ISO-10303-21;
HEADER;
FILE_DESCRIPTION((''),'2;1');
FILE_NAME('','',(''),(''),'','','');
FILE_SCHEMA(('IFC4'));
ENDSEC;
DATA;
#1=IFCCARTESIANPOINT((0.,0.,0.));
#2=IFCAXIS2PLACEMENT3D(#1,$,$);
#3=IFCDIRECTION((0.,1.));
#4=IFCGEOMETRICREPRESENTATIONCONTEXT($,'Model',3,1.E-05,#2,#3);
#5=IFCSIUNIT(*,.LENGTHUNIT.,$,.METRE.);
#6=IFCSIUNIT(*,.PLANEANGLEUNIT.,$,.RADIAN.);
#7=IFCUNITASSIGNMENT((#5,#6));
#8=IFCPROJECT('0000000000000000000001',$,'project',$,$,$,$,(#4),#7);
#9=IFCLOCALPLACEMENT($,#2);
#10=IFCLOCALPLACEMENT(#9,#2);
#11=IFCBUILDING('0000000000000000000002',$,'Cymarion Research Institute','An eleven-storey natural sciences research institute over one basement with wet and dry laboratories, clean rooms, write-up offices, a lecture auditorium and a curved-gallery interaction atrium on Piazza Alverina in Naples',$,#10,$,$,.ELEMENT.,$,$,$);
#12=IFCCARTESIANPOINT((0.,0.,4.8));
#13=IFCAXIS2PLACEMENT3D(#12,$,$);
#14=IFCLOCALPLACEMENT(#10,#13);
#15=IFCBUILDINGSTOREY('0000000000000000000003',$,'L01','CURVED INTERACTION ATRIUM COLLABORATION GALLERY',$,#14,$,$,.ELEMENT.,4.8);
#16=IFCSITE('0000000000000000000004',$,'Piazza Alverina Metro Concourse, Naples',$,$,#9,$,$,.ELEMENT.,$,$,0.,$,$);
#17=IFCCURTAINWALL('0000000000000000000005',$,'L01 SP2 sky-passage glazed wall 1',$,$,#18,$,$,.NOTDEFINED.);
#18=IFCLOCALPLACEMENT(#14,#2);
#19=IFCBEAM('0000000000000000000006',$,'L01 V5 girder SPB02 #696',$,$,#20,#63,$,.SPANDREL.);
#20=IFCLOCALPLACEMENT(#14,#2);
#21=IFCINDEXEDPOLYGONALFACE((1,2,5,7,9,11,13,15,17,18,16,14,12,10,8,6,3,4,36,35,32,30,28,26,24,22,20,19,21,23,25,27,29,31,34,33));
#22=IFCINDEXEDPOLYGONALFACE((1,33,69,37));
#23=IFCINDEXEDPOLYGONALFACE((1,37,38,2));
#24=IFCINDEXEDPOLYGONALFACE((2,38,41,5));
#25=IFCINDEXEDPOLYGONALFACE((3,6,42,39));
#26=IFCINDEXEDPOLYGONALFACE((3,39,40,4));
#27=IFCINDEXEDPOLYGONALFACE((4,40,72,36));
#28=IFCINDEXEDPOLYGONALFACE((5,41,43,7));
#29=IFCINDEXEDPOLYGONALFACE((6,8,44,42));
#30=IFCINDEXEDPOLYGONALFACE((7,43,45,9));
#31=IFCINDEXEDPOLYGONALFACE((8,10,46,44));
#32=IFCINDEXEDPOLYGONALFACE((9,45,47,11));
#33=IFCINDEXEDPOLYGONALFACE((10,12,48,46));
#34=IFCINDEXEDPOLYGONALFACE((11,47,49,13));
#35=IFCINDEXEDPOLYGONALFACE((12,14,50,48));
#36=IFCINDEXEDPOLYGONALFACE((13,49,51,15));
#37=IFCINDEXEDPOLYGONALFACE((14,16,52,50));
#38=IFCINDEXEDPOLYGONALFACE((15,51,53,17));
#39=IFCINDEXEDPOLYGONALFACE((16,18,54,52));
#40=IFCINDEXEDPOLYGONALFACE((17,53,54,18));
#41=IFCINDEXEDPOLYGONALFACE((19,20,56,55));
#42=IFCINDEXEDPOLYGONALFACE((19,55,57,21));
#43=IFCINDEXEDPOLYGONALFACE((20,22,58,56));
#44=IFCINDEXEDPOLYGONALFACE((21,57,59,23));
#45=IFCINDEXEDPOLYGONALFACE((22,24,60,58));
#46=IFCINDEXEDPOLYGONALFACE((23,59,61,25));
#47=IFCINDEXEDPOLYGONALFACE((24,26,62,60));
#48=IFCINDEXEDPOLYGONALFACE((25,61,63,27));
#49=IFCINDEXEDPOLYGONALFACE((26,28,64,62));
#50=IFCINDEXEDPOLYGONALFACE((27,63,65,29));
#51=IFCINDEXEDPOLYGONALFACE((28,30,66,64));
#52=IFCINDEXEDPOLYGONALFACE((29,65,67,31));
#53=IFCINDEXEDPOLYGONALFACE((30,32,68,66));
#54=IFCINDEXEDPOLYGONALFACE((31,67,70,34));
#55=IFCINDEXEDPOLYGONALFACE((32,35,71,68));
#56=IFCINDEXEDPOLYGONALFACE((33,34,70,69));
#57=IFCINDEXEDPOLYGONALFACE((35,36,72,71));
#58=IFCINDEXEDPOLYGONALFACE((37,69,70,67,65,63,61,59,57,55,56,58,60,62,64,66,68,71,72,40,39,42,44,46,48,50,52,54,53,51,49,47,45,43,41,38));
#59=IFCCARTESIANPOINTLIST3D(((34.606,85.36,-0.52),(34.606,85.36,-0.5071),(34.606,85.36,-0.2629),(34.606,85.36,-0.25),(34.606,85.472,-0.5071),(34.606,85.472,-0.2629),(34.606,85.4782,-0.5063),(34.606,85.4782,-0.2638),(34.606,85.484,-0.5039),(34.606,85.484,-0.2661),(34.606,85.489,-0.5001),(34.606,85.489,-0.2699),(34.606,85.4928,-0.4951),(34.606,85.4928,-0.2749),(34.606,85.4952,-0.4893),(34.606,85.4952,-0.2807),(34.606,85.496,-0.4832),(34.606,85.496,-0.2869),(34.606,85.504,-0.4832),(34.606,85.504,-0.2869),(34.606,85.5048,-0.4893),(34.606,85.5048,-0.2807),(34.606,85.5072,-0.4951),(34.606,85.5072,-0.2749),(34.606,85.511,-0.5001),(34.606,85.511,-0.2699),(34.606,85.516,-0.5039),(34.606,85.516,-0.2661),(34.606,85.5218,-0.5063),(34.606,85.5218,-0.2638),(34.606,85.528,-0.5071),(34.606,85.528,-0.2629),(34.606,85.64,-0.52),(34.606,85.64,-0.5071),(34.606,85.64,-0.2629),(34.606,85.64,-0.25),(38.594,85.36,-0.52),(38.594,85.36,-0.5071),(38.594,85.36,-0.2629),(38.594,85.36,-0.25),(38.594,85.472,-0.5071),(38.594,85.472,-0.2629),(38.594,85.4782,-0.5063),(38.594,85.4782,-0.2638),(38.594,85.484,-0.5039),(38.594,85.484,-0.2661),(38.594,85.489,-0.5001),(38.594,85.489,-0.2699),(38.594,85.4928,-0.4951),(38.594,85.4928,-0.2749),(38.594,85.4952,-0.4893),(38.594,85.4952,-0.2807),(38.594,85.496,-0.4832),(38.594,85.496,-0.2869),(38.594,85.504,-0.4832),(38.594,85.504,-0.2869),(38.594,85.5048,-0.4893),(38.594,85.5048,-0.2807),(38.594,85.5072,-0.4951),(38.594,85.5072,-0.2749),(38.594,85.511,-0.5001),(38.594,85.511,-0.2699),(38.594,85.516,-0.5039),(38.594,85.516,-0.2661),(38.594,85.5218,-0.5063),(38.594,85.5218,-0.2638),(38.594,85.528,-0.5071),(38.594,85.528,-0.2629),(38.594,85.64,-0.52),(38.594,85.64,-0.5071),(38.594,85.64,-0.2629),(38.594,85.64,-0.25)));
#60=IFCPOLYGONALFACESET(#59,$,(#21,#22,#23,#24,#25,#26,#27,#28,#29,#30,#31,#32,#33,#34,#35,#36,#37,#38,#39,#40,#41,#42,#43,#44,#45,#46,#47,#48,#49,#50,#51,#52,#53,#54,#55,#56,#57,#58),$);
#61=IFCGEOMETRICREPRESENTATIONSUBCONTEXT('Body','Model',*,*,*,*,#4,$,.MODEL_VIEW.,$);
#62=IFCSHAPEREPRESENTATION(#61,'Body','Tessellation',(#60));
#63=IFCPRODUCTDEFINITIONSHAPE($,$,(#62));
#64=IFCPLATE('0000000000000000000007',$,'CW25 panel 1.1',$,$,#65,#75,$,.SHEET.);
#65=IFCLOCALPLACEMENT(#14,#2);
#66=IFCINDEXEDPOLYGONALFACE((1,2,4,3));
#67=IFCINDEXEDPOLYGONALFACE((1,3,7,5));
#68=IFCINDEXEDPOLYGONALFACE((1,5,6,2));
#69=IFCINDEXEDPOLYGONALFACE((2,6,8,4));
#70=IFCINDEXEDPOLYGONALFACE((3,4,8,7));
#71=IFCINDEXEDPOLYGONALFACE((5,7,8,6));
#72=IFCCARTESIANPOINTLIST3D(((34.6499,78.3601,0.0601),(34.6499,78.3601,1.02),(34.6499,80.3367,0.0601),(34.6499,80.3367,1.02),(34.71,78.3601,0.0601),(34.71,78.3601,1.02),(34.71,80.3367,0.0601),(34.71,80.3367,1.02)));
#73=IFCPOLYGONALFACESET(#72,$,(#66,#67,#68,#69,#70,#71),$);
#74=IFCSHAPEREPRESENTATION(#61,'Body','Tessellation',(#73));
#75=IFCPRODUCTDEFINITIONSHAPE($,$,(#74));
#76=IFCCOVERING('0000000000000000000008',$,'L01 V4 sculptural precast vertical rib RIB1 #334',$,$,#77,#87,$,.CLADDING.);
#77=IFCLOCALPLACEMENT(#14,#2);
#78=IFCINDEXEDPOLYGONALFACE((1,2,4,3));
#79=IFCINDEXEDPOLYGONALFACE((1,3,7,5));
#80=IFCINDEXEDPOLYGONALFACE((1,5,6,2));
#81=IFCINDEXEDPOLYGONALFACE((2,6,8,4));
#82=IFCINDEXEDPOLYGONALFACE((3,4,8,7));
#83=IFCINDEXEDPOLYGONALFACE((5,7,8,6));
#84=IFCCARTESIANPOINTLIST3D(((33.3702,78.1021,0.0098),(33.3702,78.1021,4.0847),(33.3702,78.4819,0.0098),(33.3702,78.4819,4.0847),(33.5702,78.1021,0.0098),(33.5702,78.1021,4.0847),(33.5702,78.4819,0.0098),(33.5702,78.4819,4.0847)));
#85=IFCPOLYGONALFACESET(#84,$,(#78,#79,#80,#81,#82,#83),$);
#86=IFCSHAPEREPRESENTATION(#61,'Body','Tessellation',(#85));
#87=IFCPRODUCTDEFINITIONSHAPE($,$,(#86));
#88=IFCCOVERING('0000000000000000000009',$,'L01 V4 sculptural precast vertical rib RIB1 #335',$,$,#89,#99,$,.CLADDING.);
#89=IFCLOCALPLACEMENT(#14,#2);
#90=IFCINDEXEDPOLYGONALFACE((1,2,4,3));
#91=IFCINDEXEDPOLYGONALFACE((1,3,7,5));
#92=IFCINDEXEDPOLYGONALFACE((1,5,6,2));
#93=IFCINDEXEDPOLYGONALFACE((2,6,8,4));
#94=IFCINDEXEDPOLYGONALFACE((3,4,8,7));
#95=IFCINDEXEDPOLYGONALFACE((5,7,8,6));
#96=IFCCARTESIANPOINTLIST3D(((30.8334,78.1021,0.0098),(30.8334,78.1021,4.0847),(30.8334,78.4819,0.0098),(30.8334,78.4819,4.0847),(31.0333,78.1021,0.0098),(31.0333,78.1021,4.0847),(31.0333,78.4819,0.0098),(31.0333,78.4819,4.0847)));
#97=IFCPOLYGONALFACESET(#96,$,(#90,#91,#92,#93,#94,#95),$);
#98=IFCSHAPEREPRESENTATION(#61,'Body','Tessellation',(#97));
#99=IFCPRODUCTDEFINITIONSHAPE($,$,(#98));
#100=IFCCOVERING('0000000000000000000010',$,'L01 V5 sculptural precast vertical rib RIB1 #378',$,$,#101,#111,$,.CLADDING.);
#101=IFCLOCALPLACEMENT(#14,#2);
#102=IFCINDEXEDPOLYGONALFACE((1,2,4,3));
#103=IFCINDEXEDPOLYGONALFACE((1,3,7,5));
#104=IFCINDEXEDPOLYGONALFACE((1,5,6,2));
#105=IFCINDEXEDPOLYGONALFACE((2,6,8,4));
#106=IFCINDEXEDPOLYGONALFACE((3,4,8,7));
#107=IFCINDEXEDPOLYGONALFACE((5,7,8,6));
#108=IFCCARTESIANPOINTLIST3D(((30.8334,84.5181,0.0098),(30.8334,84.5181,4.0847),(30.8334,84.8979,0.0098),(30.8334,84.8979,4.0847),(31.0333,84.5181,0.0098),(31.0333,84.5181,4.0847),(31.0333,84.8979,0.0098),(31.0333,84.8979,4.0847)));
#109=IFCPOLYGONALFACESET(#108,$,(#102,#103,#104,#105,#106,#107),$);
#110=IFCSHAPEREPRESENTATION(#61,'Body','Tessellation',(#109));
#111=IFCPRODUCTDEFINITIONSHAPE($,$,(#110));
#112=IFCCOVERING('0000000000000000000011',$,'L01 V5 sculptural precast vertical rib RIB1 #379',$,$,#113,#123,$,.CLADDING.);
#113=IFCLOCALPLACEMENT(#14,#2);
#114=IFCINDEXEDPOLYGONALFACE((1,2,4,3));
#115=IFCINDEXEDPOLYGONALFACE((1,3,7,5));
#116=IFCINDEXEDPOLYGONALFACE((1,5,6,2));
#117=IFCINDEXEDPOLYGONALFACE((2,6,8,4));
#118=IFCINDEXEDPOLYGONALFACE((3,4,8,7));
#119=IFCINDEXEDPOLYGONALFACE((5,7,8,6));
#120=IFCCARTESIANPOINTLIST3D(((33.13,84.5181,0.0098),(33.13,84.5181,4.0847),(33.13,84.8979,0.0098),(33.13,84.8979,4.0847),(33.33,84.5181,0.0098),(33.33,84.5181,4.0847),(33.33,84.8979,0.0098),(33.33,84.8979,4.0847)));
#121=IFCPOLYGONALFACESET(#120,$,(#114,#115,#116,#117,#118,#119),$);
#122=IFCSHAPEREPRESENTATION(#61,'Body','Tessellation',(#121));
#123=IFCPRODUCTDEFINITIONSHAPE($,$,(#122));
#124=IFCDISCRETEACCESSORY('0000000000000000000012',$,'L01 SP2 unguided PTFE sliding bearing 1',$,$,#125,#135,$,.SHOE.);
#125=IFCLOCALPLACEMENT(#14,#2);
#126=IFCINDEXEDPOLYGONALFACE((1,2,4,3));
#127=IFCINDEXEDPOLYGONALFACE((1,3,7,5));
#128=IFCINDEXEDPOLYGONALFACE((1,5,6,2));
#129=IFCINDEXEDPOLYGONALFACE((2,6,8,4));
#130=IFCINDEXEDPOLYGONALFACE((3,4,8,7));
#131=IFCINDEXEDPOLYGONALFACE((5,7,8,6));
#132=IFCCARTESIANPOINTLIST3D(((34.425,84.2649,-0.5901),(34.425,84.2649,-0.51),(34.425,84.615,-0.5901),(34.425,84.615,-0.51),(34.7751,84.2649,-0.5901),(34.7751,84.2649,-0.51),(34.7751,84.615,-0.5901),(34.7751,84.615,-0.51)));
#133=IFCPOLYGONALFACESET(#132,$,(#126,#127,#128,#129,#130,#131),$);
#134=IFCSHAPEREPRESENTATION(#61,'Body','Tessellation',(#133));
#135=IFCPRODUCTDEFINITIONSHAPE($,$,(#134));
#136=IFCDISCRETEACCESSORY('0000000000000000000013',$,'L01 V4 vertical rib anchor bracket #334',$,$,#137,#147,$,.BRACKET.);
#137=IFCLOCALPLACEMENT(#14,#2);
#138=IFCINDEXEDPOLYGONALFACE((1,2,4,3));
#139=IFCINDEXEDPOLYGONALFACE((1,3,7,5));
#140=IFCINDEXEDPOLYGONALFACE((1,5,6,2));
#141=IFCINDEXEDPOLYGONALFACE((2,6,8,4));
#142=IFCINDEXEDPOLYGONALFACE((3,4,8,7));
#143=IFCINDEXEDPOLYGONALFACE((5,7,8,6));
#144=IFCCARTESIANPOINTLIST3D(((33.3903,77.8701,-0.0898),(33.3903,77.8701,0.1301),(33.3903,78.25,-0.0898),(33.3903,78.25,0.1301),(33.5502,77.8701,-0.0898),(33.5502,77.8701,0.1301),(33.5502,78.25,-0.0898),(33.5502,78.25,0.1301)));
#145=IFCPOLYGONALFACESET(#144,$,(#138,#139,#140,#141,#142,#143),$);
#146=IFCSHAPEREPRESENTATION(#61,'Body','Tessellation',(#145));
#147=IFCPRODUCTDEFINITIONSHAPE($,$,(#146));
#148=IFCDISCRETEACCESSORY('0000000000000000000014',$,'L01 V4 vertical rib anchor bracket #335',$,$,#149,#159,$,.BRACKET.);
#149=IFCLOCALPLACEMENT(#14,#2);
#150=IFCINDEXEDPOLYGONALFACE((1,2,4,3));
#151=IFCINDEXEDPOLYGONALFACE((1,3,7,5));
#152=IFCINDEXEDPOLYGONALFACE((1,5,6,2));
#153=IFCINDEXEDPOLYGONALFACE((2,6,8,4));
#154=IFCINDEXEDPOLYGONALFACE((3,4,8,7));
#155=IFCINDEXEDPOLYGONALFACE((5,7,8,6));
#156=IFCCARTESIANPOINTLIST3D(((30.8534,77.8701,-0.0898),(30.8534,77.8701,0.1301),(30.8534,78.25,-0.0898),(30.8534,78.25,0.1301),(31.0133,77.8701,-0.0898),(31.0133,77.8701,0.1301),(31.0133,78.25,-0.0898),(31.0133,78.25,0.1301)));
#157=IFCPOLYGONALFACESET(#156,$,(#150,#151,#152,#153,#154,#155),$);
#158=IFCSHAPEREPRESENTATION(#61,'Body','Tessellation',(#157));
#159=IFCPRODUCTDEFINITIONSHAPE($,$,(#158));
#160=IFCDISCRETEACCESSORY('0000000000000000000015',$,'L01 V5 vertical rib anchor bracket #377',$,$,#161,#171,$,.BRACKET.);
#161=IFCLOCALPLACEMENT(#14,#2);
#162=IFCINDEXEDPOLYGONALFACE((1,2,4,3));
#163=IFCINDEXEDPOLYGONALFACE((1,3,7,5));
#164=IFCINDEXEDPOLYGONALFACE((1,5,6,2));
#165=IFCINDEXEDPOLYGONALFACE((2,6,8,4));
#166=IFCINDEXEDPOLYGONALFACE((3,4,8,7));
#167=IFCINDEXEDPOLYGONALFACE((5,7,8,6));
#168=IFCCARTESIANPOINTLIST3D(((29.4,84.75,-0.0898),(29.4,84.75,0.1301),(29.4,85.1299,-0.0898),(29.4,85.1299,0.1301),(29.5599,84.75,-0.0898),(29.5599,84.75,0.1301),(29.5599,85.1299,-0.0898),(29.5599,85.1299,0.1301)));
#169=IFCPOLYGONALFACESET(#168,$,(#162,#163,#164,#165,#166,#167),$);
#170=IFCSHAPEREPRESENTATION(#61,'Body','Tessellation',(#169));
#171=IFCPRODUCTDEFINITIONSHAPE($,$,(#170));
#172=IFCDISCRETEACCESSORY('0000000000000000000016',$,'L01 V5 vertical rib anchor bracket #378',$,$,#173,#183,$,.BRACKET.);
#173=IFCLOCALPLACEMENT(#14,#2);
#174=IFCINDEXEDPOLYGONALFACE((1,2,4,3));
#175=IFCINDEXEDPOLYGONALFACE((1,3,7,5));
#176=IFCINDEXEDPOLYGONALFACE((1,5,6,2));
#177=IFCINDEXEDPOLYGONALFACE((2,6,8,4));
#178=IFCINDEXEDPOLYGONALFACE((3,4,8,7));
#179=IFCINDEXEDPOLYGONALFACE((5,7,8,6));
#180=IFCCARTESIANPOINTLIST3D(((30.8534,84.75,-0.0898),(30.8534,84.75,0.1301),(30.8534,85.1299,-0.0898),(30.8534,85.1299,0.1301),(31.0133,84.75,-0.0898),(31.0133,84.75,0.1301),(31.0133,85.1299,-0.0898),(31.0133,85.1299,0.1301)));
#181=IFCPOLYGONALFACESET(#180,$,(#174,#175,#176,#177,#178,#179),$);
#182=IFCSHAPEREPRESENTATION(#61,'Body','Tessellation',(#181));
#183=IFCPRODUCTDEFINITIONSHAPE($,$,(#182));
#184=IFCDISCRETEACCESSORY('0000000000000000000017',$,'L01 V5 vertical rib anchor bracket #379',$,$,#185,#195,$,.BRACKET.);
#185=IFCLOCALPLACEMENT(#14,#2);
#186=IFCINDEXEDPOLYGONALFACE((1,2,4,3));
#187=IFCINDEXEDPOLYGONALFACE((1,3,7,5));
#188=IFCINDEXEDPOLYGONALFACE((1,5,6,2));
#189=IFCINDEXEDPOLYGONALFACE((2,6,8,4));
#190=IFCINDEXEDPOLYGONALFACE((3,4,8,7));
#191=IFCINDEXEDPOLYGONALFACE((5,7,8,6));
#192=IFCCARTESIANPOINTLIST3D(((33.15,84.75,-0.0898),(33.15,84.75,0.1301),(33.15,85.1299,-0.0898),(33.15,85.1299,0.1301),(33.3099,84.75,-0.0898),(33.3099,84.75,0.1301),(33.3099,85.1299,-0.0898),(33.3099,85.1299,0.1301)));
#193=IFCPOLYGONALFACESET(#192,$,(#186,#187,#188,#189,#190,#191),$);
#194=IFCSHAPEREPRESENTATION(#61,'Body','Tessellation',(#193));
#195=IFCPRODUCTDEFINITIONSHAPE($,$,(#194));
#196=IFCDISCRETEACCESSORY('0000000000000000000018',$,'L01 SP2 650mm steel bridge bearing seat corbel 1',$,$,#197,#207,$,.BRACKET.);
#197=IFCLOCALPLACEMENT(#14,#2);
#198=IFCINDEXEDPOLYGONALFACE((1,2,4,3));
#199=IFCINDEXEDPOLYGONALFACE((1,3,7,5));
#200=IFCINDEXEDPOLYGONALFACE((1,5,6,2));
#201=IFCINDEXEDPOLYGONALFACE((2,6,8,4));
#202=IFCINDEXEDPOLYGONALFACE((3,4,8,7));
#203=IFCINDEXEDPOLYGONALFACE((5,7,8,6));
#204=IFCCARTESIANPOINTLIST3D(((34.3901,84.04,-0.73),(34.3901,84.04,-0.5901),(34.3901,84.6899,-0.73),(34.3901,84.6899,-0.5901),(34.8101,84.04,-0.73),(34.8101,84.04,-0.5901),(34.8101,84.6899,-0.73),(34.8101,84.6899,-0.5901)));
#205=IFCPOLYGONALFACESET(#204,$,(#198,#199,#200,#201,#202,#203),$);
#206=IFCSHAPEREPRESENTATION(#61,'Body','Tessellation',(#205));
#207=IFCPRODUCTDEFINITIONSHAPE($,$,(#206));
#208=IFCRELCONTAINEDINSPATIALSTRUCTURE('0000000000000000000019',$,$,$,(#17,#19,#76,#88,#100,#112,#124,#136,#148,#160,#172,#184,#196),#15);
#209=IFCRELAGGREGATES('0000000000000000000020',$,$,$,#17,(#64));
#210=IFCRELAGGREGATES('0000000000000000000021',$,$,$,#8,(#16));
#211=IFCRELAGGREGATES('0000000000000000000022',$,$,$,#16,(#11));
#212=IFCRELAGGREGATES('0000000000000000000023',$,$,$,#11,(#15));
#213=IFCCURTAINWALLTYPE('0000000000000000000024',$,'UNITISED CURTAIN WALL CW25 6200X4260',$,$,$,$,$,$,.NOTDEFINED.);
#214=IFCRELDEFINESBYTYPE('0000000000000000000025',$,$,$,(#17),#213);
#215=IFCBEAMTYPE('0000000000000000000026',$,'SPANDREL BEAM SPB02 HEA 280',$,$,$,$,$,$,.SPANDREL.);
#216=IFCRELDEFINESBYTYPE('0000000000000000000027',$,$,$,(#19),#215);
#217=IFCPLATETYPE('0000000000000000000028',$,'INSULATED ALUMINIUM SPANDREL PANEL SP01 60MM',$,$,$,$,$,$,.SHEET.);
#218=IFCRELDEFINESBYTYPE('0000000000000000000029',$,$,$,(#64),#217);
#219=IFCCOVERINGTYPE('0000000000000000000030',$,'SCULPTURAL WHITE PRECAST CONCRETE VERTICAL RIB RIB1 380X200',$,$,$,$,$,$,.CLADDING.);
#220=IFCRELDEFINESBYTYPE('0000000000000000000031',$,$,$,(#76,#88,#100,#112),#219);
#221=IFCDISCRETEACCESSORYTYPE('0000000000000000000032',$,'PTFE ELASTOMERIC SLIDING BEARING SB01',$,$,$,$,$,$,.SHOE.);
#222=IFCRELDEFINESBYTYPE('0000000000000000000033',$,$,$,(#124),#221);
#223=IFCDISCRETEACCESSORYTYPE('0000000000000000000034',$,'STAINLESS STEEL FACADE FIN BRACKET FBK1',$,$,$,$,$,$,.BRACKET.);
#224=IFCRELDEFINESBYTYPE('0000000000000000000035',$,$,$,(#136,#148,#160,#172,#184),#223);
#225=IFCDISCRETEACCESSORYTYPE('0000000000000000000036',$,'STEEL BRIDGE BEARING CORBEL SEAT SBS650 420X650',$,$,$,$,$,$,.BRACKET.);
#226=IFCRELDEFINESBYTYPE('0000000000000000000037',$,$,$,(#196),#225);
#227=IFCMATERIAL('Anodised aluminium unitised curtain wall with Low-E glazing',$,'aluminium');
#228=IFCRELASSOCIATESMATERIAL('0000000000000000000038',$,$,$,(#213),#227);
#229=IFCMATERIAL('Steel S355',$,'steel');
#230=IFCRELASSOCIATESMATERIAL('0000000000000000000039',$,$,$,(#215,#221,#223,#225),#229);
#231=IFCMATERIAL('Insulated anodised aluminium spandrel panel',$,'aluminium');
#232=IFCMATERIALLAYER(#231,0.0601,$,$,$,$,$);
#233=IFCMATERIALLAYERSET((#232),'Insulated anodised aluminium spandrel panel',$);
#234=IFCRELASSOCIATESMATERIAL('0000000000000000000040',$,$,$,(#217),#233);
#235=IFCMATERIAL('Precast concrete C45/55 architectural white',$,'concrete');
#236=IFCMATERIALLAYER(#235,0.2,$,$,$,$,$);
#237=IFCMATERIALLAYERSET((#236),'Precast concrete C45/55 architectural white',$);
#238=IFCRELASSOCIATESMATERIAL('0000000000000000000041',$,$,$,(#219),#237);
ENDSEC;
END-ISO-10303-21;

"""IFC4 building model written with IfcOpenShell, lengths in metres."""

from ifc_helpers import new_model, si_unit, direction, frame, origin, origin_2d, place, context, subcontext, project, spatial, rectangle, i_section, extrude, material, layer, layer_set, material_profile, profile_set, type_object, element, aggregate, save


model = new_model("IFC4")

# Units and contexts
model_context = context("Model", 3, precision=1e-05, world=origin(), true_north=direction((0.0, 1.0)))
body_context = subcontext(model_context, "Body", "Model", "MODEL_VIEW")
ifc_project = project(units=[si_unit("LENGTHUNIT", "METRE"), si_unit("PLANEANGLEUNIT", "RADIAN")], contexts=[model_context])

# Site, building, storey
site_placement = place(None, origin())
site = spatial("IfcSite", under=ifc_project, at=site_placement, Name="Piazza Alverina Metro Concourse, Naples", CompositionType="ELEMENT", RefElevation=0.0)
building_placement = place(site_placement, origin())
building = spatial("IfcBuilding", under=site, at=building_placement, Name="Cymarion Research Institute", Description="An eleven-storey natural sciences research institute over one basement with wet and dry laboratories, clean rooms, write-up offices, a lecture auditorium and a curved-gallery interaction atrium on Piazza Alverina in Naples", CompositionType="ELEMENT")
storey_placement = place(building_placement, frame((0.0, 0.0, 4.8)))
storey = spatial("IfcBuildingStorey", under=building, at=storey_placement, Name="L01", Description="CURVED INTERACTION ATRIUM COLLABORATION GALLERY", CompositionType="ELEMENT", Elevation=4.8)

# Shared definitions
ifc_material_1 = material(Name="Steel S355", Category="steel")

# Curtain wall
ifc_material_2 = material(Name="Anodised aluminium unitised curtain wall with Low-E glazing", Category="aluminium")
curtain_wall_type = type_object("IfcCurtainWallType", Name="UNITISED CURTAIN WALL CW25 6200X4260", PredefinedType="NOTDEFINED", material=ifc_material_2)
curtain_wall_placement = place(storey_placement, origin())
curtain_wall = element("IfcCurtainWall", 1, at=curtain_wall_placement, inside=storey, type_object=curtain_wall_type, Name="L01 SP2 sky-passage glazed wall 1", PredefinedType="NOTDEFINED")

# Beam
ifc_material_profile_1 = material_profile(ifc_material_1, i_section(OverallWidth=0.28, OverallDepth=0.27, WebThickness=0.0081, FlangeThickness=0.0129, FilletRadius=0.0239, at=origin_2d()), Name="HEA 280")
ifc_profile_set_1 = profile_set([ifc_material_profile_1], Name="Steel S355")
beam_type_1 = type_object("IfcBeamType", Name="SPANDREL BEAM SPB02 HEA 280", PredefinedType="SPANDREL", material=ifc_profile_set_1)
for number, where, z_axis, x_axis, name in (
    (2, (34.606, 85.5, -0.385), (1.0, 0.0, 0.0), (0.0, 1.0, 0.0), "L01 V5 girder SPB02 #696"),
):
    element("IfcBeam", number, at=place(storey_placement, frame(where, z_axis=z_axis, x_axis=x_axis)), inside=storey, type_object=beam_type_1, Name=name, PredefinedType="SPANDREL", context=body_context, shape_type="SweptSolid", body=[
        extrude(i_section(OverallWidth=0.28, OverallDepth=0.27, WebThickness=0.0081, FlangeThickness=0.0129, FilletRadius=0.0239, at=origin_2d()), origin(), (0.0, 0.0, 1.0), 3.988),
    ])

# Plate
ifc_material_3 = material(Name="Insulated anodised aluminium spandrel panel", Category="aluminium")
ifc_layer_1 = layer(ifc_material_3, 0.0601)
ifc_layer_set_1 = layer_set([ifc_layer_1], Name="Insulated anodised aluminium spandrel panel")
plate_type = type_object("IfcPlateType", Name="INSULATED ALUMINIUM SPANDREL PANEL SP01 60MM", PredefinedType="SHEET", material=ifc_layer_set_1)
plate_placement = place(storey_placement, frame((34.6799, 79.3484, 0.0601), z_axis=(0.0, 0.0, 1.0), x_axis=(0.0, 1.0, 0.0)))
plate = element("IfcPlate", 3, at=plate_placement, type_object=plate_type, Name="CW25 panel 1.1", PredefinedType="SHEET", context=body_context, shape_type="SweptSolid", body=[
    extrude(rectangle(XDim=1.9766, YDim=0.0601, at=origin_2d()), origin(), (0.0, 0.0, 1.0), 0.96),
])
aggregate(curtain_wall, [plate])

# Coverings
ifc_material_4 = material(Name="Precast concrete C45/55 architectural white", Category="concrete")
ifc_layer_2 = layer(ifc_material_4, 0.2)
ifc_layer_set_2 = layer_set([ifc_layer_2], Name="Precast concrete C45/55 architectural white")
covering_type = type_object("IfcCoveringType", Name="SCULPTURAL WHITE PRECAST CONCRETE VERTICAL RIB RIB1 380X200", PredefinedType="CLADDING", material=ifc_layer_set_2)
for number, where, z_axis, x_axis, name in (
    (4, (33.4702, 78.292, 0.0098), (0.0, 0.0, 1.0), (0.0, 1.0, 0.0), "L01 V4 sculptural precast vertical rib RIB1 #334"),
    (5, (30.9333, 78.292, 0.0098), (0.0, 0.0, 1.0), (0.0, 1.0, 0.0), "L01 V4 sculptural precast vertical rib RIB1 #335"),
    (6, (30.9333, 84.708, 0.0098), (0.0, 0.0, 1.0), (0.0, -1.0, 0.0), "L01 V5 sculptural precast vertical rib RIB1 #378"),
    (7, (33.23, 84.708, 0.0098), (0.0, 0.0, 1.0), (0.0, -1.0, 0.0), "L01 V5 sculptural precast vertical rib RIB1 #379"),
):
    element("IfcCovering", number, at=place(storey_placement, frame(where, z_axis=z_axis, x_axis=x_axis)), inside=storey, type_object=covering_type, Name=name, PredefinedType="CLADDING", context=body_context, shape_type="SweptSolid", body=[
        extrude(rectangle(XDim=0.3799, YDim=0.2, at=origin_2d()), origin(), (0.0, 0.0, 1.0), 4.075),
    ])

# Discrete accessories
discrete_accessory_type_1 = type_object("IfcDiscreteAccessoryType", Name="PTFE ELASTOMERIC SLIDING BEARING SB01", PredefinedType="SHOE", material=ifc_material_1)
discrete_accessory_1_placement = place(storey_placement, frame((34.6001, 84.4399, -0.5901), z_axis=(0.0, 0.0, 1.0), x_axis=(1.0, 0.0, 0.0)))
element("IfcDiscreteAccessory", 8, at=discrete_accessory_1_placement, inside=storey, type_object=discrete_accessory_type_1, Name="L01 SP2 unguided PTFE sliding bearing 1", PredefinedType="SHOE", context=body_context, shape_type="SweptSolid", body=[
    extrude(rectangle(XDim=0.3501, YDim=0.3501, at=origin_2d()), origin(), (0.0, 0.0, 1.0), 0.0801),
])
discrete_accessory_type_2 = type_object("IfcDiscreteAccessoryType", Name="STAINLESS STEEL FACADE FIN BRACKET FBK1", PredefinedType="BRACKET", material=ifc_material_1)
for number, where, z_axis, x_axis, name in (
    (9, (33.4702, 78.0601, -0.0898), (0.0, 0.0, 1.0), (0.0, 1.0, 0.0), "L01 V4 vertical rib anchor bracket #334"),
    (10, (30.9333, 78.0601, -0.0898), (0.0, 0.0, 1.0), (0.0, 1.0, 0.0), "L01 V4 vertical rib anchor bracket #335"),
    (11, (29.48, 84.9399, -0.0898), (0.0, 0.0, 1.0), (0.0, -1.0, 0.0), "L01 V5 vertical rib anchor bracket #377"),
    (12, (30.9333, 84.9399, -0.0898), (0.0, 0.0, 1.0), (0.0, -1.0, 0.0), "L01 V5 vertical rib anchor bracket #378"),
    (13, (33.23, 84.9399, -0.0898), (0.0, 0.0, 1.0), (0.0, -1.0, 0.0), "L01 V5 vertical rib anchor bracket #379"),
):
    element("IfcDiscreteAccessory", number, at=place(storey_placement, frame(where, z_axis=z_axis, x_axis=x_axis)), inside=storey, type_object=discrete_accessory_type_2, Name=name, PredefinedType="BRACKET", context=body_context, shape_type="SweptSolid", body=[
        extrude(rectangle(XDim=0.3799, YDim=0.1599, at=origin_2d()), origin(), (0.0, 0.0, 1.0), 0.22),
    ])
discrete_accessory_type_3 = type_object("IfcDiscreteAccessoryType", Name="STEEL BRIDGE BEARING CORBEL SEAT SBS650 420X650", PredefinedType="BRACKET", material=ifc_material_1)
discrete_accessory_2_placement = place(storey_placement, frame((34.6001, 84.365, -0.73), z_axis=(0.0, 0.0, 1.0), x_axis=(1.0, 0.0, 0.0)))
element("IfcDiscreteAccessory", 14, at=discrete_accessory_2_placement, inside=storey, type_object=discrete_accessory_type_3, Name="L01 SP2 650mm steel bridge bearing seat corbel 1", PredefinedType="BRACKET", context=body_context, shape_type="SweptSolid", body=[
    extrude(rectangle(XDim=0.4199, YDim=0.6499, at=origin_2d()), origin(), (0.0, 0.0, 1.0), 0.1399),
])

save(model, "model.ifc")
